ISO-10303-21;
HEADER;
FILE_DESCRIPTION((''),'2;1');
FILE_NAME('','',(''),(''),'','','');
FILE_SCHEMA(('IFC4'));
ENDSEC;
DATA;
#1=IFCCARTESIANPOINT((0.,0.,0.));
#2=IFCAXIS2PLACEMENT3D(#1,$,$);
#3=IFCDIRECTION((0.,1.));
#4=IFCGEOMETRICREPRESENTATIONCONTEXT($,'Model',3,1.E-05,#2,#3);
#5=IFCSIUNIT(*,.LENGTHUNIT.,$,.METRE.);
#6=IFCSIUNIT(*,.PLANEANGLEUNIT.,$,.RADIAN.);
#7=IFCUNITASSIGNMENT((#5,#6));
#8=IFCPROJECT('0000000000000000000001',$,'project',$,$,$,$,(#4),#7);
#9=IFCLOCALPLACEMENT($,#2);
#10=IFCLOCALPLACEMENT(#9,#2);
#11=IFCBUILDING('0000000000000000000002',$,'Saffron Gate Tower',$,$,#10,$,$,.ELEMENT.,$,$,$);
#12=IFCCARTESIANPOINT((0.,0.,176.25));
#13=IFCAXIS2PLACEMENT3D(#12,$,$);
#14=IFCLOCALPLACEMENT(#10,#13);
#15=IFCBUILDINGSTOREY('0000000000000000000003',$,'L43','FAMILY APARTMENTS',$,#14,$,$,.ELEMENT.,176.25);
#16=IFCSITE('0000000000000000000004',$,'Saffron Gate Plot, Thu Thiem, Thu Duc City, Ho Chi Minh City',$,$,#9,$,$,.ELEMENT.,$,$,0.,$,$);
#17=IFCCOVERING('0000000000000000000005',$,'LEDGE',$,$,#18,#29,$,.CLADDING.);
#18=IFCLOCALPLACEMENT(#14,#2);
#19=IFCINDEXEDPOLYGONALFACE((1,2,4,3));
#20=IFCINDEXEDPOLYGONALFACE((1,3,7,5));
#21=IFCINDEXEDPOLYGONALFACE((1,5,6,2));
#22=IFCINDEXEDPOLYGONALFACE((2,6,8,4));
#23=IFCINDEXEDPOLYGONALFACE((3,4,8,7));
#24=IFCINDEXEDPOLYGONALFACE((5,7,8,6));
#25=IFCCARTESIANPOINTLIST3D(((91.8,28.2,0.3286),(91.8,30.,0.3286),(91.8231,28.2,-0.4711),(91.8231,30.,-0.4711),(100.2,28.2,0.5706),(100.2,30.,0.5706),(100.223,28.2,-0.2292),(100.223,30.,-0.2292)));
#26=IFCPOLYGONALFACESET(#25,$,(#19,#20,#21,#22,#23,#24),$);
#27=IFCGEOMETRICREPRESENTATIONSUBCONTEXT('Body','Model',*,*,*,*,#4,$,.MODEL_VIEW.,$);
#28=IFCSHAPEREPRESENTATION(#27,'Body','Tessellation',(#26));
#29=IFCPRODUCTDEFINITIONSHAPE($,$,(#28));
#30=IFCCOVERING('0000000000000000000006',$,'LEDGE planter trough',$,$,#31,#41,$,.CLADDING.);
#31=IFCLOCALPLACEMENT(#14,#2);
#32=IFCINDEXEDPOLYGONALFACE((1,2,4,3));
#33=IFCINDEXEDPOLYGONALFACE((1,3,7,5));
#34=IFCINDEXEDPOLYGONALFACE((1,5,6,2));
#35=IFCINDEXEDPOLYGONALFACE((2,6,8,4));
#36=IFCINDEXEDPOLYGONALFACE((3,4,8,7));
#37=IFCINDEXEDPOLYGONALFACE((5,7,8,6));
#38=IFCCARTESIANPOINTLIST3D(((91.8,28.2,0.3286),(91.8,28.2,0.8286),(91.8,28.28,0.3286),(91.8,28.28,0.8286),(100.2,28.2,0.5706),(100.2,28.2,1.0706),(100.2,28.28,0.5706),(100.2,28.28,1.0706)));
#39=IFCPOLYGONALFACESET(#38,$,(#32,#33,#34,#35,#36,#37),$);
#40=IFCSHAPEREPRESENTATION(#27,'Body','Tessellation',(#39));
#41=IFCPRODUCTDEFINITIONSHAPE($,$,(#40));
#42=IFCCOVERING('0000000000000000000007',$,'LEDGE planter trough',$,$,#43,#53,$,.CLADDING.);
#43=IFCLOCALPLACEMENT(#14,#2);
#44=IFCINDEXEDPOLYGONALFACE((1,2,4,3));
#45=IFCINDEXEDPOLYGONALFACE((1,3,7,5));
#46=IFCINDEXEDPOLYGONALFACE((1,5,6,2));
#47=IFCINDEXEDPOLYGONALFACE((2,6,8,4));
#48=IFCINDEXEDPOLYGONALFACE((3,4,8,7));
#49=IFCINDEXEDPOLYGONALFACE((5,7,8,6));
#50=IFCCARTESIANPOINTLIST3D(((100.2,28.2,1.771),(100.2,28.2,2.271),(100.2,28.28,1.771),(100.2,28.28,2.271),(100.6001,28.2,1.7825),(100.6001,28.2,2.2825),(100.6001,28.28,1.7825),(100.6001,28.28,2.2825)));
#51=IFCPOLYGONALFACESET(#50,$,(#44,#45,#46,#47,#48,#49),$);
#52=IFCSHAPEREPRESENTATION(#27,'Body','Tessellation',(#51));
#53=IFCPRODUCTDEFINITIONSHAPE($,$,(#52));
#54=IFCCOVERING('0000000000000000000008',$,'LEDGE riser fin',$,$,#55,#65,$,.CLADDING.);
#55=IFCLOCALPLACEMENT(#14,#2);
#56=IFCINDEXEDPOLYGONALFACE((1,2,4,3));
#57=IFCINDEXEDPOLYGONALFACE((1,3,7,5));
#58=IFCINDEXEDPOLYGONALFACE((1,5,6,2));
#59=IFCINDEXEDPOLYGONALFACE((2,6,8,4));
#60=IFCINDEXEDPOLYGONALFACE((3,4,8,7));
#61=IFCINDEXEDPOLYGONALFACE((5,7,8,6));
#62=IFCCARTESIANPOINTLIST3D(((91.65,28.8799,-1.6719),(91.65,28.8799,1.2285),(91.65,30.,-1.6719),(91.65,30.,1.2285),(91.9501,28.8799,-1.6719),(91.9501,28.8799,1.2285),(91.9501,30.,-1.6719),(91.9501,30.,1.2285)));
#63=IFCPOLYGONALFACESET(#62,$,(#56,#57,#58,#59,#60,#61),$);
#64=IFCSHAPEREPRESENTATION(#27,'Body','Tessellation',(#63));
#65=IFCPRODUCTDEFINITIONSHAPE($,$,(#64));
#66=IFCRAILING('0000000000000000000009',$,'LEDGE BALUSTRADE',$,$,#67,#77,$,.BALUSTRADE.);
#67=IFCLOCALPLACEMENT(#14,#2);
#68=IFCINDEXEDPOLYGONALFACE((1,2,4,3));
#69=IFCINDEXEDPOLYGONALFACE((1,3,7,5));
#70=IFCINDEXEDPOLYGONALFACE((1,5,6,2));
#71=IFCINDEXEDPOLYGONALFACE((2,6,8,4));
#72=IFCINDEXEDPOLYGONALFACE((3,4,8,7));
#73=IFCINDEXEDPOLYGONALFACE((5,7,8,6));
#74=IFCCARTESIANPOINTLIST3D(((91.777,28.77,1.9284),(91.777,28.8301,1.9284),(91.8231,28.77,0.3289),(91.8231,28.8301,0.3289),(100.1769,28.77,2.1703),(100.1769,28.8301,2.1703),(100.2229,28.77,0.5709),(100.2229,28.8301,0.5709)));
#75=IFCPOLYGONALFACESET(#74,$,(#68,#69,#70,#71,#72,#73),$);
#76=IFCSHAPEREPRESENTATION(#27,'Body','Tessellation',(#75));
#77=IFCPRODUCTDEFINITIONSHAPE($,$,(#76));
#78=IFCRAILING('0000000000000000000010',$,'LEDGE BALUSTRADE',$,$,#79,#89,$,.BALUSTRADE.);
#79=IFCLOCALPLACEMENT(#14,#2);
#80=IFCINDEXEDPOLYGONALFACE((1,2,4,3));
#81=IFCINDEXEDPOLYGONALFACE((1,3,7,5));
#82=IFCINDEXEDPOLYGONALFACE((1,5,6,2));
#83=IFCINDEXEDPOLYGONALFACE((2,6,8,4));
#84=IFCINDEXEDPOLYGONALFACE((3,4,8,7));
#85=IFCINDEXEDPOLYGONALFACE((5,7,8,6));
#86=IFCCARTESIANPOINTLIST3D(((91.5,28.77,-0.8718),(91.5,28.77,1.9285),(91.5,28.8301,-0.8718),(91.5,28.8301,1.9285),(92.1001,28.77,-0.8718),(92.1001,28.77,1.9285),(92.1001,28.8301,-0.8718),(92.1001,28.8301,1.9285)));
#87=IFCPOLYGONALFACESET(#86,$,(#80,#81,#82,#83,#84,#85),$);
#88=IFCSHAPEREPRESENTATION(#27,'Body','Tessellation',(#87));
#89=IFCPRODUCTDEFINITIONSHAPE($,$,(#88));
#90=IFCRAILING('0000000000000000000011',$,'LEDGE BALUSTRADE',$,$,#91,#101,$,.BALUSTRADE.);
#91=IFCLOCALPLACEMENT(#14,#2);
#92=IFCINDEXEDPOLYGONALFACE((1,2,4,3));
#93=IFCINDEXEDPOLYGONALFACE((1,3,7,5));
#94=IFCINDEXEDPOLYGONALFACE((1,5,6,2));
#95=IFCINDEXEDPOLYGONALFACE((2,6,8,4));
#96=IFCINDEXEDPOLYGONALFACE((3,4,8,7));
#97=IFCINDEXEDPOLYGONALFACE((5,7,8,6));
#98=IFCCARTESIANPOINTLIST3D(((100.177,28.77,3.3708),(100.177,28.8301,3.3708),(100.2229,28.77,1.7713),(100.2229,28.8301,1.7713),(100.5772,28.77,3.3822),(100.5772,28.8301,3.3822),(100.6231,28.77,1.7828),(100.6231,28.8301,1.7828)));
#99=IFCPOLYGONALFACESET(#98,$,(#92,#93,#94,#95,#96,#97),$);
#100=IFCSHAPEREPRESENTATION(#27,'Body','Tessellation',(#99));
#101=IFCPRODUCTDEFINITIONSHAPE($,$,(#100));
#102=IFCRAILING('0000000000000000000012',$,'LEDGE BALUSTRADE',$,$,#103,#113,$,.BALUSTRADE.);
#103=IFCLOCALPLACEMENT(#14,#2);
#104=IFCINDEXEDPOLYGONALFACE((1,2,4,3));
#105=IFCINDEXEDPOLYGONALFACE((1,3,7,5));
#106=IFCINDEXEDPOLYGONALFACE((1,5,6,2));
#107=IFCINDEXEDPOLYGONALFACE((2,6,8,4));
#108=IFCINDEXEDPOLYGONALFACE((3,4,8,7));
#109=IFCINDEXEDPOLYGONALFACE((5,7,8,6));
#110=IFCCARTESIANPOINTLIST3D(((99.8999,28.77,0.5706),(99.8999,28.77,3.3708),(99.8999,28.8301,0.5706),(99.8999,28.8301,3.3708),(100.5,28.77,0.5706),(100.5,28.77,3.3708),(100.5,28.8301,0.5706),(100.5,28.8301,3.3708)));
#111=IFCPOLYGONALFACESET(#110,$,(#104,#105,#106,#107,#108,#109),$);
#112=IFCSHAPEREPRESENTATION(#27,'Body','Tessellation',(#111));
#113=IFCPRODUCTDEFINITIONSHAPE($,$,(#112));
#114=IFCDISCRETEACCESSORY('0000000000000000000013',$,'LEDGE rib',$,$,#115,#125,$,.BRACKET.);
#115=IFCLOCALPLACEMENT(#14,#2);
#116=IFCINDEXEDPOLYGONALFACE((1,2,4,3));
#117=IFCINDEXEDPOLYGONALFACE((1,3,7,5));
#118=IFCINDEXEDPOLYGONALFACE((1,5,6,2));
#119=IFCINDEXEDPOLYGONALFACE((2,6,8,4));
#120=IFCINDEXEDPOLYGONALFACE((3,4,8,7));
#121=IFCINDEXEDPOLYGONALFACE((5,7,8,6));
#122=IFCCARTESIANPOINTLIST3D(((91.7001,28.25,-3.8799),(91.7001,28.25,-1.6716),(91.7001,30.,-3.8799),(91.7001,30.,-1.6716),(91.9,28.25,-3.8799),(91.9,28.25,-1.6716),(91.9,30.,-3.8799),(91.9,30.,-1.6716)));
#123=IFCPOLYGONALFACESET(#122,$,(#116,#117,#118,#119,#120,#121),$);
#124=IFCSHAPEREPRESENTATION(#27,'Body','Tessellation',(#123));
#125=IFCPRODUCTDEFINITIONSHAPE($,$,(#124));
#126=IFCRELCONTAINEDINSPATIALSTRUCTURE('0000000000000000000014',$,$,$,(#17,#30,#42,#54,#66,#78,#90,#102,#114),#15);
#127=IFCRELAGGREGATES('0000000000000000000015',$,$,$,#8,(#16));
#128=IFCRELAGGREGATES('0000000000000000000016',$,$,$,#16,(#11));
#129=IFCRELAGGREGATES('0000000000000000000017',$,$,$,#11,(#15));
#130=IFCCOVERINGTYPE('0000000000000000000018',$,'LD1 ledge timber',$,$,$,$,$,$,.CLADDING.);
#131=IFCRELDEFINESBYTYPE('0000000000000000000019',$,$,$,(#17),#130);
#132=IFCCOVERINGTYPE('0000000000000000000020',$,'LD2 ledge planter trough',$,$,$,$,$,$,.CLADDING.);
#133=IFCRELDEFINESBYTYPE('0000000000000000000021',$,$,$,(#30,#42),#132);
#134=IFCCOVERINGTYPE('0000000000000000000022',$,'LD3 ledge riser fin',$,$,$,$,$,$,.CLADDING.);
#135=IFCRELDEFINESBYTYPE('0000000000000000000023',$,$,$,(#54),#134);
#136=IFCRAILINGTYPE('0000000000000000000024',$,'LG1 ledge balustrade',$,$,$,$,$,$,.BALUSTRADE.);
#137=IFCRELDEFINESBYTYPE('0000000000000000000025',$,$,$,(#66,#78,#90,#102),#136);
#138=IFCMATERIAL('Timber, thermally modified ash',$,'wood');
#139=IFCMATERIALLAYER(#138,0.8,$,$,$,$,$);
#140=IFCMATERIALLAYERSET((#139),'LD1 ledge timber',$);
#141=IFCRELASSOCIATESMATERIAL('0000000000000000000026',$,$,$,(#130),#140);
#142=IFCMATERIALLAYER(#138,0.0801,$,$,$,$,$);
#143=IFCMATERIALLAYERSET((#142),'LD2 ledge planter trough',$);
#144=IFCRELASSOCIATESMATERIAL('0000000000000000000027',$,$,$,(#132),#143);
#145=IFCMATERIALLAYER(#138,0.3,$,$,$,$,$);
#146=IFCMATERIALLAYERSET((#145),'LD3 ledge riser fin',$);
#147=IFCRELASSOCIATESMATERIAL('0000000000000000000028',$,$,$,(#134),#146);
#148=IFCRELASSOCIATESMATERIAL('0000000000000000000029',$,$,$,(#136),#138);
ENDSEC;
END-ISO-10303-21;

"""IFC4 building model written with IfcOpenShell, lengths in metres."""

from ifc_helpers import new_model, si_unit, direction, frame, origin, origin_2d, place, context, subcontext, project, spatial, polyline, rectangle, outline, extrude, material, layer, layer_set, type_object, element, save


model = new_model("IFC4")

# Units and contexts
model_context = context("Model", 3, precision=1e-05, world=origin(), true_north=direction((0.0, 1.0)))
body_context = subcontext(model_context, "Body", "Model", "MODEL_VIEW")
ifc_project = project(units=[si_unit("LENGTHUNIT", "METRE"), si_unit("PLANEANGLEUNIT", "RADIAN")], contexts=[model_context])

# Site, building, storey
site_placement = place(None, origin())
site = spatial("IfcSite", under=ifc_project, at=site_placement, Name="Saffron Gate Plot, Thu Thiem, Thu Duc City, Ho Chi Minh City", CompositionType="ELEMENT", RefElevation=0.0)
building_placement = place(site_placement, origin())
building = spatial("IfcBuilding", under=site, at=building_placement, Name="Saffron Gate Tower", CompositionType="ELEMENT")
storey_placement = place(building_placement, frame((0.0, 0.0, 176.25)))
storey = spatial("IfcBuildingStorey", under=building, at=storey_placement, Name="L43", Description="FAMILY APARTMENTS", CompositionType="ELEMENT", Elevation=176.25)

# Coverings
ifc_material_1 = material(Name="Timber, thermally modified ash", Category="wood")
ifc_layer_1 = layer(ifc_material_1, 0.8)
ifc_layer_set_1 = layer_set([ifc_layer_1], Name="LD1 ledge timber")
covering_type_1 = type_object("IfcCoveringType", Name="LD1 ledge timber", PredefinedType="CLADDING", material=ifc_layer_set_1)
covering_1_placement = place(storey_placement, frame((91.8, 30.0, 0.3286), z_axis=(-0.028791, 0.0, 0.999585), x_axis=(0.999585, 0.0, 0.028791)))
element("IfcCovering", 1, at=covering_1_placement, inside=storey, type_object=covering_type_1, Name="LEDGE", PredefinedType="CLADDING", context=body_context, shape_type="SweptSolid", body=[
    extrude(outline(polyline([(0.0, 0.0), (8.4034, 0.0), (8.4034, -1.8), (0.0, -1.8), (0.0, 0.0)])), origin(), (0.0, 0.0, -1.0), 0.8),
])
ifc_layer_2 = layer(ifc_material_1, 0.0801)
ifc_layer_set_2 = layer_set([ifc_layer_2], Name="LD2 ledge planter trough")
covering_type_2 = type_object("IfcCoveringType", Name="LD2 ledge planter trough", PredefinedType="CLADDING", material=ifc_layer_set_2)
covering_2_placement = place(storey_placement, frame((91.8, 28.2, 0.3286), z_axis=(0.0, -1.0, 0.0), x_axis=(0.999585, 0.0, 0.028791)))
element("IfcCovering", 2, at=covering_2_placement, inside=storey, type_object=covering_type_2, Name="LEDGE planter trough", PredefinedType="CLADDING", context=body_context, shape_type="SweptSolid", body=[
    extrude(outline(polyline([(0.0, 0.0), (8.4034, 0.0), (8.4178, 0.4998), (0.0144, 0.4998), (0.0, 0.0)])), origin(), (0.0, 0.0, -1.0), 0.0801),
])
covering_3_placement = place(storey_placement, frame((100.2, 28.2, 1.771), z_axis=(0.0, -1.0, 0.0), x_axis=(0.999589, 0.0, 0.028664)))
element("IfcCovering", 3, at=covering_3_placement, inside=storey, type_object=covering_type_2, Name="LEDGE planter trough", PredefinedType="CLADDING", context=body_context, shape_type="SweptSolid", body=[
    extrude(outline(polyline([(0.0, 0.0), (0.4003, 0.0), (0.4146, 0.4998), (0.0143, 0.4998), (0.0, 0.0)])), origin(), (0.0, 0.0, -1.0), 0.0801),
])
ifc_layer_3 = layer(ifc_material_1, 0.3)
ifc_layer_set_3 = layer_set([ifc_layer_3], Name="LD3 ledge riser fin")
covering_type_3 = type_object("IfcCoveringType", Name="LD3 ledge riser fin", PredefinedType="CLADDING", material=ifc_layer_set_3)
covering_4_placement = place(storey_placement, frame((91.8, 29.4399, -1.6719), z_axis=(0.0, 0.0, 1.0), x_axis=(1.0, 0.0, 0.0)))
element("IfcCovering", 4, at=covering_4_placement, inside=storey, type_object=covering_type_3, Name="LEDGE riser fin", PredefinedType="CLADDING", context=body_context, shape_type="SweptSolid", body=[
    extrude(rectangle(XDim=0.3, YDim=1.1201, at=origin_2d()), origin(), (0.0, 0.0, 1.0), 2.9004),
])

# Railings
railing_type = type_object("IfcRailingType", Name="LG1 ledge balustrade", PredefinedType="BALUSTRADE", material=ifc_material_1)
railing_1_placement = place(storey_placement, frame((91.8, 28.8, 0.3286)))
element("IfcRailing", 5, at=railing_1_placement, inside=storey, type_object=railing_type, Name="LEDGE BALUSTRADE", PredefinedType="BALUSTRADE", context=body_context, shape_type="SweptSolid", body=[
    extrude(rectangle(XDim=0.0601, YDim=1.6001, at=origin_2d()), frame((0.0, 0.0, 0.8), z_axis=(0.999585, 0.0, 0.028791), x_axis=(0.0, 1.0, 0.0)), (0.0, 0.0, 1.0), 8.4033),
])
railing_2_placement = place(storey_placement, frame((91.5, 28.8, -0.8718)))
element("IfcRailing", 6, at=railing_2_placement, inside=storey, type_object=railing_type, Name="LEDGE BALUSTRADE", PredefinedType="BALUSTRADE", context=body_context, shape_type="SweptSolid", body=[
    extrude(rectangle(XDim=0.0601, YDim=2.8003, at=origin_2d()), frame((0.0, 0.0, 1.4001), z_axis=(1.0, 0.0, 0.0), x_axis=(0.0, 1.0, 0.0)), (0.0, 0.0, 1.0), 0.6001),
])
railing_3_placement = place(storey_placement, frame((100.2, 28.8, 1.771)))
element("IfcRailing", 7, at=railing_3_placement, inside=storey, type_object=railing_type, Name="LEDGE BALUSTRADE", PredefinedType="BALUSTRADE", context=body_context, shape_type="SweptSolid", body=[
    extrude(rectangle(XDim=0.0601, YDim=1.6001, at=origin_2d()), frame((0.0, 0.0, 0.8), z_axis=(0.999589, 0.0, 0.028664), x_axis=(0.0, 1.0, 0.0)), (0.0, 0.0, 1.0), 0.4004),
])
railing_4_placement = place(storey_placement, frame((99.8999, 28.8, 0.5706)))
element("IfcRailing", 8, at=railing_4_placement, inside=storey, type_object=railing_type, Name="LEDGE BALUSTRADE", PredefinedType="BALUSTRADE", context=body_context, shape_type="SweptSolid", body=[
    extrude(rectangle(XDim=0.0601, YDim=2.8003, at=origin_2d()), frame((0.0, 0.0, 1.4001), z_axis=(1.0, 0.0, 0.0), x_axis=(0.0, 1.0, 0.0)), (0.0, 0.0, 1.0), 0.6001),
])

# Discrete accessory
discrete_accessory_placement = place(storey_placement, frame((91.8, 29.125, -3.8799), z_axis=(0.0, 0.0, 1.0), x_axis=(1.0, 0.0, 0.0)))
element("IfcDiscreteAccessory", 9, at=discrete_accessory_placement, inside=storey, Name="LEDGE rib", PredefinedType="BRACKET", context=body_context, shape_type="SweptSolid", body=[
    extrude(rectangle(XDim=0.2, YDim=1.75, at=origin_2d()), origin(), (0.0, 0.0, 1.0), 2.2083),
])

save(model, "model.ifc")
